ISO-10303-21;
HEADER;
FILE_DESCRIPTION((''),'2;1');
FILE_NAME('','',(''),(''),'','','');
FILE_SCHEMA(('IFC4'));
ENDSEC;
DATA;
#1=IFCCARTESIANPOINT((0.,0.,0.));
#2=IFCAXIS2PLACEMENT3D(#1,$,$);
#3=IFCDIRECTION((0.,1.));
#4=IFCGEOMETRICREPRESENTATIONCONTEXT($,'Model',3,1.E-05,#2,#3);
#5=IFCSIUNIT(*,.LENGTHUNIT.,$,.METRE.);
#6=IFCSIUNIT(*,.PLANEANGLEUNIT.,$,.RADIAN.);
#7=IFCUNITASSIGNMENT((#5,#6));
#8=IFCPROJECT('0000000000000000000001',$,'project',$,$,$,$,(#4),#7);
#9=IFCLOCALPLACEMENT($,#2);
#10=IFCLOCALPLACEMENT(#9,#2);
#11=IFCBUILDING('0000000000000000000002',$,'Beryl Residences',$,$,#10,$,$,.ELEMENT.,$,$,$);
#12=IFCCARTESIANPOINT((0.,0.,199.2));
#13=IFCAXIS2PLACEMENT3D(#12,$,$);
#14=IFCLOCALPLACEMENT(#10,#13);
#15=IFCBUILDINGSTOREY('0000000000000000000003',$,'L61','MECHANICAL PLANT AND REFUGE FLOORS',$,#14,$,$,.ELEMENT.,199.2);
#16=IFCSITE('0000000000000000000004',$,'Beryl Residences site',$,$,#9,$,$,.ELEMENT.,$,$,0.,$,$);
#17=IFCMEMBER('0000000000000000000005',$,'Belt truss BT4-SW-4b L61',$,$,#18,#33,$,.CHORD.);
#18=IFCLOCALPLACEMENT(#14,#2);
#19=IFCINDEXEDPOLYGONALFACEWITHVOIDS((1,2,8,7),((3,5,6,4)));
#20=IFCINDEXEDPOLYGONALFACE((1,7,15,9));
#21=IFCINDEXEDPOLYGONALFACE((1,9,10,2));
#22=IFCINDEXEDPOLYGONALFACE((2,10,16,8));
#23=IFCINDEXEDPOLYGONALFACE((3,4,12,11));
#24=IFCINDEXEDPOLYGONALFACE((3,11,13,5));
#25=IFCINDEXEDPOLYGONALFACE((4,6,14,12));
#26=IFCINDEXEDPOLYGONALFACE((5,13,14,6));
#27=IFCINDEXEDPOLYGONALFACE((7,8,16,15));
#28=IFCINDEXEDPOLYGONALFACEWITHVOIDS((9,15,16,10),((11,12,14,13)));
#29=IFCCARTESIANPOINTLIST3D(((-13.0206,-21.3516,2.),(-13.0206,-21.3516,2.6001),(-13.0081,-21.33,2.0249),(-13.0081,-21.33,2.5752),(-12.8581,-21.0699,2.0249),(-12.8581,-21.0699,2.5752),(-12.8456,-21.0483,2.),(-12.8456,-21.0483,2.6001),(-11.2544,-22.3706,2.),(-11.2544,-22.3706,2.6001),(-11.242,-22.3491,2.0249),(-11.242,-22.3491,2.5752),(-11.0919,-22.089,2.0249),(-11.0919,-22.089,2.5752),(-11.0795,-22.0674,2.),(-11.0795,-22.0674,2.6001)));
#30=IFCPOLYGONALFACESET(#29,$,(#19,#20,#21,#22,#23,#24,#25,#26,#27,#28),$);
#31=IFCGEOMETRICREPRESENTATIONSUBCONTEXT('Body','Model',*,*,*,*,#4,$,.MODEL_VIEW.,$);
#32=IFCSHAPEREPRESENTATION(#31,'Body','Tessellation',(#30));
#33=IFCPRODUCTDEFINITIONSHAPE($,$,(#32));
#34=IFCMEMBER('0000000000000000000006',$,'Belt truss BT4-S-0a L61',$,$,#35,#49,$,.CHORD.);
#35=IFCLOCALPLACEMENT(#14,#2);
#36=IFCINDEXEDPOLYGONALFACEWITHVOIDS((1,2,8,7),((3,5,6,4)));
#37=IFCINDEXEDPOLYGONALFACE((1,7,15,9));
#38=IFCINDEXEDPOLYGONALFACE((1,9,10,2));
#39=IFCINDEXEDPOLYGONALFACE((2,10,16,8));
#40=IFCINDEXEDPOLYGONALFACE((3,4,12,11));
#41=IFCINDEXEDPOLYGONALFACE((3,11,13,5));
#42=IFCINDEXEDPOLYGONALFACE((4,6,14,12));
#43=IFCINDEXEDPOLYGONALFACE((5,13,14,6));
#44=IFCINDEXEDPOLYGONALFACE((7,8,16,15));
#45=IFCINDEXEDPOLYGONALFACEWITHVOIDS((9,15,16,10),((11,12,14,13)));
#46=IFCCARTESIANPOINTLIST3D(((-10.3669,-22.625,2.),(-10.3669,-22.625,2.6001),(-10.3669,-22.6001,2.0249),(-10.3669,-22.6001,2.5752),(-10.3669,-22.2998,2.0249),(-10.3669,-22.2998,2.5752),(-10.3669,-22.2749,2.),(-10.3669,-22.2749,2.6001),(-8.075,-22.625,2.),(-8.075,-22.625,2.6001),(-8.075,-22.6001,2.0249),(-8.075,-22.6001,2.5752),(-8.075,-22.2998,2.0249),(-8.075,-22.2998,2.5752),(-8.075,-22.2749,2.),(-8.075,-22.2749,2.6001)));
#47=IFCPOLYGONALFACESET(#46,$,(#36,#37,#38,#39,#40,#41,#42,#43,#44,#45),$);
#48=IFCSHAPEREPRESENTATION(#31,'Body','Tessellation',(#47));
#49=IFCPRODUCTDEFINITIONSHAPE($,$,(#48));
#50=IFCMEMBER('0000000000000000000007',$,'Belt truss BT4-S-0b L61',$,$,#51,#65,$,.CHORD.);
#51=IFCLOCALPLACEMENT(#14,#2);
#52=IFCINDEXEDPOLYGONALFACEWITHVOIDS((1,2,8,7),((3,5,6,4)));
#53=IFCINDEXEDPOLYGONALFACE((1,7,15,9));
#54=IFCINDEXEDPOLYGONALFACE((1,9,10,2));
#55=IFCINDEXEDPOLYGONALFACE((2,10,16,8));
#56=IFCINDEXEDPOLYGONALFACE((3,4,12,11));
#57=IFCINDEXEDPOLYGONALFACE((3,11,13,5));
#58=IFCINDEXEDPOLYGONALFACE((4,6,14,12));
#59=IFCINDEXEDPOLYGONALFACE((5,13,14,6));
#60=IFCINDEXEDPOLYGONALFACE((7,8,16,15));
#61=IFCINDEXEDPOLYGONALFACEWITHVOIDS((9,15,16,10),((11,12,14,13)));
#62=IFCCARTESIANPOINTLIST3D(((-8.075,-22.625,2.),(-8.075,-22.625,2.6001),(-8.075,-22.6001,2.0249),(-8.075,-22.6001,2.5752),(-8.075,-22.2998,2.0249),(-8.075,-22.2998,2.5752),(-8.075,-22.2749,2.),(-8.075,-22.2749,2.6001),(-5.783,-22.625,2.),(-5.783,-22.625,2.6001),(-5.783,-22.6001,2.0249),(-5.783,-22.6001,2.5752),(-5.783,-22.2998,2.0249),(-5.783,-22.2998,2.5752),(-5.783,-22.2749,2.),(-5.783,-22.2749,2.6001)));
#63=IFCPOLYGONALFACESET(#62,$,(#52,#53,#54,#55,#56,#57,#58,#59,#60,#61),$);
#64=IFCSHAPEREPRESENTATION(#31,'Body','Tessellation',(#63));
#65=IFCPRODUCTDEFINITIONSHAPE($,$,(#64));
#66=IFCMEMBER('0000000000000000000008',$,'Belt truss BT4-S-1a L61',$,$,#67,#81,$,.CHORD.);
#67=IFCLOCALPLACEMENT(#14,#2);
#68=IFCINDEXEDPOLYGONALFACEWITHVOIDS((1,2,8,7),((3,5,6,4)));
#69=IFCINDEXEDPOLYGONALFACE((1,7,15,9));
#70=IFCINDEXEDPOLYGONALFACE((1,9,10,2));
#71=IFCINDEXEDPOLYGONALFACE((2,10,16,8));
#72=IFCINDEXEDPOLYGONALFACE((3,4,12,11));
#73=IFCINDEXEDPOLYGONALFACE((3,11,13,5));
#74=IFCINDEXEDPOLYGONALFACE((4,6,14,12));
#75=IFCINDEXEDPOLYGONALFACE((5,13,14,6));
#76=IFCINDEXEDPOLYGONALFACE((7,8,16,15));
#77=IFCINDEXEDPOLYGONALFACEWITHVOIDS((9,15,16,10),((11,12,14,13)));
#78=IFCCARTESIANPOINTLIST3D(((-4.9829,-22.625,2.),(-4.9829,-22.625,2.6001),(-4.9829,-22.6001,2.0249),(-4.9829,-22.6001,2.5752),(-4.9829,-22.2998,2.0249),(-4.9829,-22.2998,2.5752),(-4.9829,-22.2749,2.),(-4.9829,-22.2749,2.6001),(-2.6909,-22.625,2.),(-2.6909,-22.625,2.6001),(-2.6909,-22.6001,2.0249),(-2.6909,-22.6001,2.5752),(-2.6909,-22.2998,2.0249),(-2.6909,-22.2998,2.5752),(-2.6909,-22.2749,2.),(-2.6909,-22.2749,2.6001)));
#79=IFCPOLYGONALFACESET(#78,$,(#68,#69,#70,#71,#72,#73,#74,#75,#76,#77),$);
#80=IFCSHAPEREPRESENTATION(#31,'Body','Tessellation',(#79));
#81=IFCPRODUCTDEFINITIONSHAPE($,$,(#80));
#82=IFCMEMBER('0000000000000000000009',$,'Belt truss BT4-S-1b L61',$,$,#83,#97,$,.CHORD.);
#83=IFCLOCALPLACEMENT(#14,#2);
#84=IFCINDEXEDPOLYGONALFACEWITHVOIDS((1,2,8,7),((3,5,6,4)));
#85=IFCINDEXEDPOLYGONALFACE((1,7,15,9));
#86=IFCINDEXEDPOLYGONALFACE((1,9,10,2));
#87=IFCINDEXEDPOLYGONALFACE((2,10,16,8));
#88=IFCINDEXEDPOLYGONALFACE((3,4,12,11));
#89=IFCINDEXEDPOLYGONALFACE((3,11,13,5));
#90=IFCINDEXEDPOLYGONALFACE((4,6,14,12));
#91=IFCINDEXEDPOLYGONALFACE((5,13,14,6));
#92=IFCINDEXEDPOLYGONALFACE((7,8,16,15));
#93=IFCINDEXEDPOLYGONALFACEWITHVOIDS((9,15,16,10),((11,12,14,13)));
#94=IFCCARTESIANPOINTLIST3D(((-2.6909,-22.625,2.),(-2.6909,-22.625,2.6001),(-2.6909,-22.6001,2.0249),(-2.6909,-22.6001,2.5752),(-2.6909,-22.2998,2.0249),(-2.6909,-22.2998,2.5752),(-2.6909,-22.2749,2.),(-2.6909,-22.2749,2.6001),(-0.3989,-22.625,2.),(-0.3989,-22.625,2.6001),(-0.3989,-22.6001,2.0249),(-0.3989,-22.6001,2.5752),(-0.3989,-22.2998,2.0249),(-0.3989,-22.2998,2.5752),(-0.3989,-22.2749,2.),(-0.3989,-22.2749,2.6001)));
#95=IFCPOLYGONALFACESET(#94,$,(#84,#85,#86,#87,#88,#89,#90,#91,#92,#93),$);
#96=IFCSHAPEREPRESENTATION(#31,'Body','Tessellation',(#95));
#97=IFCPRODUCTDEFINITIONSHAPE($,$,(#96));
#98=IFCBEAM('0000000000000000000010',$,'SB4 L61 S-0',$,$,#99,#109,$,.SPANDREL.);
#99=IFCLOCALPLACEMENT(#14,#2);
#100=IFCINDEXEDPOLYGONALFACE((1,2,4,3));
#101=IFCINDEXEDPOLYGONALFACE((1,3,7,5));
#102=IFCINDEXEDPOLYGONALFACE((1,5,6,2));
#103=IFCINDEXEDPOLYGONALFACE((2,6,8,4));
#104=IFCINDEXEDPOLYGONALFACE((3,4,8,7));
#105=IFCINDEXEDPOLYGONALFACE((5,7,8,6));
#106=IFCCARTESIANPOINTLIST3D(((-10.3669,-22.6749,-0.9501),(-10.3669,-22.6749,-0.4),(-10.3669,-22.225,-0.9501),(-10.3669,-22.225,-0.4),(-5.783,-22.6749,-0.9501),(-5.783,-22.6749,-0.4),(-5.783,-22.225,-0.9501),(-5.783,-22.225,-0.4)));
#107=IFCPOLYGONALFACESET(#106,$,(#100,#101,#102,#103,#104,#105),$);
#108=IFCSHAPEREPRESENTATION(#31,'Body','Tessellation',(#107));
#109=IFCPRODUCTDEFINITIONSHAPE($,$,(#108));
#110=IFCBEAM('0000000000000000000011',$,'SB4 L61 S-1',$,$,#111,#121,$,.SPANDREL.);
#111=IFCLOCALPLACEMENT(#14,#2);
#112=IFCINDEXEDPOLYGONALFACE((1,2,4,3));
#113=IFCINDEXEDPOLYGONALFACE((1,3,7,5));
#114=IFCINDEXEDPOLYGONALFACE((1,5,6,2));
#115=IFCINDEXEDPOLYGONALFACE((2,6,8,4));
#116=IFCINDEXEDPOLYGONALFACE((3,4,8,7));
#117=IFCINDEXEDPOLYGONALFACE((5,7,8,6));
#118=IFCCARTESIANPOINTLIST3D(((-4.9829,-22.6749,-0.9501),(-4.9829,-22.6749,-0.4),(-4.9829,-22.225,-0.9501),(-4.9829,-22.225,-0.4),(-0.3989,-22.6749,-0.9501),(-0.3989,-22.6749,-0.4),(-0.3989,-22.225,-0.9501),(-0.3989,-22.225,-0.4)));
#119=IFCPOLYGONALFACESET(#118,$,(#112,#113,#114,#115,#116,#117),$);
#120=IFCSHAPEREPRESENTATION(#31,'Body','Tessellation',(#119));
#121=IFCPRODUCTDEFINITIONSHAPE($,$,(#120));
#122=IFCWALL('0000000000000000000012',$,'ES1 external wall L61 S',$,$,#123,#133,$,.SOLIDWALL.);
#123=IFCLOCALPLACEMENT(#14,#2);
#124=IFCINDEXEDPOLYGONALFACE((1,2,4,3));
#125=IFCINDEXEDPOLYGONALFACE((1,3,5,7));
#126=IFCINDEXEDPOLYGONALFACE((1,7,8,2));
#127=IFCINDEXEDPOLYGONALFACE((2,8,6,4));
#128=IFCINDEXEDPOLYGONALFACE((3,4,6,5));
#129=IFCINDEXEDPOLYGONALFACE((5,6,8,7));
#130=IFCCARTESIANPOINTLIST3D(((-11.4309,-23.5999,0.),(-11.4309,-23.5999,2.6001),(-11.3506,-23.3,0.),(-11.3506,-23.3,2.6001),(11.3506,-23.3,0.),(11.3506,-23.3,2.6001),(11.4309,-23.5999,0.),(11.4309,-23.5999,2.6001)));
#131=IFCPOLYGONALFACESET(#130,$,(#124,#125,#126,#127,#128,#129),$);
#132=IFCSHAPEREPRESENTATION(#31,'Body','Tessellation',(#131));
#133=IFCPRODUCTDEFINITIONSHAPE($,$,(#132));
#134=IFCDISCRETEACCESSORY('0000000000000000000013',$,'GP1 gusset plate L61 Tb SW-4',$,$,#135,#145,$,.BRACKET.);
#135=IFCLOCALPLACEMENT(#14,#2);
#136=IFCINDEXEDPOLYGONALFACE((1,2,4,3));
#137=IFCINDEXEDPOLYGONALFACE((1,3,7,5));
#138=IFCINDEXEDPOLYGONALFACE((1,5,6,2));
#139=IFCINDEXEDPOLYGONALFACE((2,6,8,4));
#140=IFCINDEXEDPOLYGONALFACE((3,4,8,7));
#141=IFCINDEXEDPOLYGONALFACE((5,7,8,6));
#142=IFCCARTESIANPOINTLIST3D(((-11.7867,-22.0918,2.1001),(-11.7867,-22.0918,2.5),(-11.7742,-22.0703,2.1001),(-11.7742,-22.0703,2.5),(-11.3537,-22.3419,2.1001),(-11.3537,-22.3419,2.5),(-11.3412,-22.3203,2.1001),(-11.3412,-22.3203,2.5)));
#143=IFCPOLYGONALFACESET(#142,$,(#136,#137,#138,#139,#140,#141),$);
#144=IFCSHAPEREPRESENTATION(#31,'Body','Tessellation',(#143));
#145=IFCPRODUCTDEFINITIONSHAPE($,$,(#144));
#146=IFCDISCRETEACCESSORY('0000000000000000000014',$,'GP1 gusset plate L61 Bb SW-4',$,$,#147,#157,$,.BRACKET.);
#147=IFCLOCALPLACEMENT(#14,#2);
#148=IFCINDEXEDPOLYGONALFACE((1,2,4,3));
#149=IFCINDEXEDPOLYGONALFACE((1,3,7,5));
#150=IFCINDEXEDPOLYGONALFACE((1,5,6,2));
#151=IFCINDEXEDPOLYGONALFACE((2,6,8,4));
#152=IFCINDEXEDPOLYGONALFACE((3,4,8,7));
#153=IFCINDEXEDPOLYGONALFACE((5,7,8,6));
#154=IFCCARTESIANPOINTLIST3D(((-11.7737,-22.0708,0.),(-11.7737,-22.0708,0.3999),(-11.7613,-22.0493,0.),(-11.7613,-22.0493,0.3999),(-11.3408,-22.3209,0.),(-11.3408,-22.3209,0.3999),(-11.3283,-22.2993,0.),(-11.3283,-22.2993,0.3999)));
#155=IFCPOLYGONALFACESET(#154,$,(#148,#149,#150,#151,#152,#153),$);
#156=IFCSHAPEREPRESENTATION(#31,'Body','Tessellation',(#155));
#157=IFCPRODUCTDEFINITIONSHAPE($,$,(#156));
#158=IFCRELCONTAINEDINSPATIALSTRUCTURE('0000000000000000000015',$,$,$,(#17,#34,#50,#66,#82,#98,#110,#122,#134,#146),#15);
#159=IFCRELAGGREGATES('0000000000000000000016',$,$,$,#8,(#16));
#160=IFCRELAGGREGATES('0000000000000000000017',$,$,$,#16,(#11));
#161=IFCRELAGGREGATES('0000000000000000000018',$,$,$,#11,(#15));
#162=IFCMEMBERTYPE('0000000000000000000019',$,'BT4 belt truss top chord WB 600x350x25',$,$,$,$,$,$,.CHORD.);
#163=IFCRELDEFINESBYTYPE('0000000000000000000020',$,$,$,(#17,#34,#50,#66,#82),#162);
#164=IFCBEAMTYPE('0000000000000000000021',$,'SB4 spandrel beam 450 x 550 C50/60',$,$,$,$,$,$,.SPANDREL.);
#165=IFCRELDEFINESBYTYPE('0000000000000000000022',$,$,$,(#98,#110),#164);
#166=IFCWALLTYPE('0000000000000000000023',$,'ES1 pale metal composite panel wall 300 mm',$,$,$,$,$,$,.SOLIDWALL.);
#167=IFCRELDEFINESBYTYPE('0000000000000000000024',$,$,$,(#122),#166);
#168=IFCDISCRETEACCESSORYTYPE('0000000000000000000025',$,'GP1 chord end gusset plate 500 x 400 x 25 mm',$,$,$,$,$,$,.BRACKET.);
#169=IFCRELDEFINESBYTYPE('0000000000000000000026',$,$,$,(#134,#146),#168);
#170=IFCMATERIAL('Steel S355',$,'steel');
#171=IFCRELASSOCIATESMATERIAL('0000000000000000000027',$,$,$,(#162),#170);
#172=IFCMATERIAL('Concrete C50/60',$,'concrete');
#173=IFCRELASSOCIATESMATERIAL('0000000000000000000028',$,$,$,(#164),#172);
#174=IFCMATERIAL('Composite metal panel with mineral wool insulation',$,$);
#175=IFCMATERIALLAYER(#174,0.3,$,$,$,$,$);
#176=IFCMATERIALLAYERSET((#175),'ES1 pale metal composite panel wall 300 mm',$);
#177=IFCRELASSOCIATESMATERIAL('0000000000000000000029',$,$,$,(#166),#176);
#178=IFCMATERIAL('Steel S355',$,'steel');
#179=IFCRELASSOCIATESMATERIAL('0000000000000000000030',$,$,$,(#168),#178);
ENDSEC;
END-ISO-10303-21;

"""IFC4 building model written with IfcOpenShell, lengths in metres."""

from ifc_helpers import new_model, si_unit, direction, frame, origin, origin_2d, place, context, subcontext, project, spatial, polyline, rectangle, hollow_rectangle, outline, extrude, material, layer, layer_set, material_profile, profile_set, type_object, element, save


model = new_model("IFC4")

# Units and contexts
model_context = context("Model", 3, precision=1e-05, world=origin(), true_north=direction((0.0, 1.0)))
body_context = subcontext(model_context, "Body", "Model", "MODEL_VIEW")
ifc_project = project(units=[si_unit("LENGTHUNIT", "METRE"), si_unit("PLANEANGLEUNIT", "RADIAN")], contexts=[model_context])

# Site, building, storey
site_placement = place(None, origin())
site = spatial("IfcSite", under=ifc_project, at=site_placement, Name="Beryl Residences site", CompositionType="ELEMENT", RefElevation=0.0)
building_placement = place(site_placement, origin())
building = spatial("IfcBuilding", under=site, at=building_placement, Name="Beryl Residences", CompositionType="ELEMENT")
storey_placement = place(building_placement, frame((0.0, 0.0, 199.2)))
storey = spatial("IfcBuildingStorey", under=building, at=storey_placement, Name="L61", Description="MECHANICAL PLANT AND REFUGE FLOORS", CompositionType="ELEMENT", Elevation=199.2)

# Members
ifc_material_1 = material(Name="Steel S355", Category="steel")
ifc_material_profile_1 = material_profile(ifc_material_1, hollow_rectangle(XDim=0.3501, YDim=0.6001, WallThickness=0.0249, at=origin_2d()))
ifc_profile_set_1 = profile_set([ifc_material_profile_1], Name="Steel S355")
member_type_1 = type_object("IfcMemberType", Name="BT4 belt truss top chord WB 600x350x25", PredefinedType="CHORD", material=ifc_profile_set_1)
member_1_placement = place(storey_placement, frame((-12.9331, -21.2, 2.3), z_axis=(0.866158, -0.499771, 0.0), x_axis=(0.499771, 0.866158, 0.0)))
element("IfcMember", 1, at=member_1_placement, inside=storey, type_object=member_type_1, Name="Belt truss BT4-SW-4b L61", PredefinedType="CHORD", context=body_context, shape_type="SweptSolid", body=[
    extrude(hollow_rectangle(XDim=0.3501, YDim=0.6001, WallThickness=0.0249, at=origin_2d()), origin(), (0.0, 0.0, 1.0), 2.0391),
])
for number, where, z_axis, x_axis, name in (
    (2, (-10.3669, -22.45, 2.3), (1.0, 0.0, 0.0), (0.0, 1.0, 0.0), "Belt truss BT4-S-0a L61"),
    (3, (-8.075, -22.45, 2.3), (1.0, 0.0, 0.0), (0.0, 1.0, 0.0), "Belt truss BT4-S-0b L61"),
    (4, (-4.9829, -22.45, 2.3), (1.0, 0.0, 0.0), (0.0, 1.0, 0.0), "Belt truss BT4-S-1a L61"),
    (5, (-2.6909, -22.45, 2.3), (1.0, 0.0, 0.0), (0.0, 1.0, 0.0), "Belt truss BT4-S-1b L61"),
):
    element("IfcMember", number, at=place(storey_placement, frame(where, z_axis=z_axis, x_axis=x_axis)), inside=storey, type_object=member_type_1, Name=name, PredefinedType="CHORD", context=body_context, shape_type="SweptSolid", body=[
        extrude(hollow_rectangle(XDim=0.3501, YDim=0.6001, WallThickness=0.0249, at=origin_2d()), origin(), (0.0, 0.0, 1.0), 2.292),
    ])

# Beams
ifc_material_2 = material(Name="Concrete C50/60", Category="concrete")
ifc_material_profile_2 = material_profile(ifc_material_2, rectangle(XDim=0.45, YDim=0.55, at=origin_2d()))
ifc_profile_set_2 = profile_set([ifc_material_profile_2], Name="Concrete C50/60")
beam_type = type_object("IfcBeamType", Name="SB4 spandrel beam 450 x 550 C50/60", PredefinedType="SPANDREL", material=ifc_profile_set_2)
for number, where, z_axis, x_axis, name in (
    (6, (-10.3669, -22.45, -0.675), (1.0, 0.0, 0.0), (0.0, 1.0, 0.0), "SB4 L61 S-0"),
    (7, (-4.9829, -22.45, -0.675), (1.0, 0.0, 0.0), (0.0, 1.0, 0.0), "SB4 L61 S-1"),
):
    element("IfcBeam", number, at=place(storey_placement, frame(where, z_axis=z_axis, x_axis=x_axis)), inside=storey, type_object=beam_type, Name=name, PredefinedType="SPANDREL", context=body_context, shape_type="SweptSolid", body=[
        extrude(rectangle(XDim=0.45, YDim=0.55, at=origin_2d()), origin(), (0.0, 0.0, 1.0), 4.584),
    ])

# Wall
ifc_material_3 = material(Name="Composite metal panel with mineral wool insulation")
ifc_layer = layer(ifc_material_3, 0.3)
ifc_layer_set = layer_set([ifc_layer], Name="ES1 pale metal composite panel wall 300 mm")
wall_type = type_object("IfcWallType", Name="ES1 pale metal composite panel wall 300 mm", PredefinedType="SOLIDWALL", material=ifc_layer_set)
wall_placement = place(storey_placement, frame((-11.4309, -23.45, 0.0), z_axis=(0.0, 0.0, 1.0), x_axis=(1.0, 0.0, 0.0)))
element("IfcWall", 8, at=wall_placement, inside=storey, type_object=wall_type, Name="ES1 external wall L61 S", PredefinedType="SOLIDWALL", context=body_context, shape_type="SweptSolid", body=[
    extrude(outline(polyline([(0.0, -0.1499), (22.8618, -0.1499), (22.7815, 0.1499), (0.0803, 0.1499), (0.0, -0.1499)])), origin(), (0.0, 0.0, 1.0), 2.6001),
])

# Discrete accessories
ifc_material_4 = material(Name="Steel S355", Category="steel")
discrete_accessory_type = type_object("IfcDiscreteAccessoryType", Name="GP1 chord end gusset plate 500 x 400 x 25 mm", PredefinedType="BRACKET", material=ifc_material_4)
for number, where, z_axis, x_axis, name in (
    (9, (-11.564, -22.2061, 2.1001), (0.0, 0.0, 1.0), (-0.865983, 0.500074, 0.0), "GP1 gusset plate L61 Tb SW-4"),
    (10, (-11.551, -22.1851, 0.0), (0.0, 0.0, 1.0), (-0.865983, 0.500074, 0.0), "GP1 gusset plate L61 Bb SW-4"),
):
    element("IfcDiscreteAccessory", number, at=place(storey_placement, frame(where, z_axis=z_axis, x_axis=x_axis)), inside=storey, type_object=discrete_accessory_type, Name=name, PredefinedType="BRACKET", context=body_context, shape_type="SweptSolid", body=[
        extrude(rectangle(XDim=0.5, YDim=0.0249, at=origin_2d()), origin(), (0.0, 0.0, 1.0), 0.3999),
    ])

save(model, "model.ifc")
